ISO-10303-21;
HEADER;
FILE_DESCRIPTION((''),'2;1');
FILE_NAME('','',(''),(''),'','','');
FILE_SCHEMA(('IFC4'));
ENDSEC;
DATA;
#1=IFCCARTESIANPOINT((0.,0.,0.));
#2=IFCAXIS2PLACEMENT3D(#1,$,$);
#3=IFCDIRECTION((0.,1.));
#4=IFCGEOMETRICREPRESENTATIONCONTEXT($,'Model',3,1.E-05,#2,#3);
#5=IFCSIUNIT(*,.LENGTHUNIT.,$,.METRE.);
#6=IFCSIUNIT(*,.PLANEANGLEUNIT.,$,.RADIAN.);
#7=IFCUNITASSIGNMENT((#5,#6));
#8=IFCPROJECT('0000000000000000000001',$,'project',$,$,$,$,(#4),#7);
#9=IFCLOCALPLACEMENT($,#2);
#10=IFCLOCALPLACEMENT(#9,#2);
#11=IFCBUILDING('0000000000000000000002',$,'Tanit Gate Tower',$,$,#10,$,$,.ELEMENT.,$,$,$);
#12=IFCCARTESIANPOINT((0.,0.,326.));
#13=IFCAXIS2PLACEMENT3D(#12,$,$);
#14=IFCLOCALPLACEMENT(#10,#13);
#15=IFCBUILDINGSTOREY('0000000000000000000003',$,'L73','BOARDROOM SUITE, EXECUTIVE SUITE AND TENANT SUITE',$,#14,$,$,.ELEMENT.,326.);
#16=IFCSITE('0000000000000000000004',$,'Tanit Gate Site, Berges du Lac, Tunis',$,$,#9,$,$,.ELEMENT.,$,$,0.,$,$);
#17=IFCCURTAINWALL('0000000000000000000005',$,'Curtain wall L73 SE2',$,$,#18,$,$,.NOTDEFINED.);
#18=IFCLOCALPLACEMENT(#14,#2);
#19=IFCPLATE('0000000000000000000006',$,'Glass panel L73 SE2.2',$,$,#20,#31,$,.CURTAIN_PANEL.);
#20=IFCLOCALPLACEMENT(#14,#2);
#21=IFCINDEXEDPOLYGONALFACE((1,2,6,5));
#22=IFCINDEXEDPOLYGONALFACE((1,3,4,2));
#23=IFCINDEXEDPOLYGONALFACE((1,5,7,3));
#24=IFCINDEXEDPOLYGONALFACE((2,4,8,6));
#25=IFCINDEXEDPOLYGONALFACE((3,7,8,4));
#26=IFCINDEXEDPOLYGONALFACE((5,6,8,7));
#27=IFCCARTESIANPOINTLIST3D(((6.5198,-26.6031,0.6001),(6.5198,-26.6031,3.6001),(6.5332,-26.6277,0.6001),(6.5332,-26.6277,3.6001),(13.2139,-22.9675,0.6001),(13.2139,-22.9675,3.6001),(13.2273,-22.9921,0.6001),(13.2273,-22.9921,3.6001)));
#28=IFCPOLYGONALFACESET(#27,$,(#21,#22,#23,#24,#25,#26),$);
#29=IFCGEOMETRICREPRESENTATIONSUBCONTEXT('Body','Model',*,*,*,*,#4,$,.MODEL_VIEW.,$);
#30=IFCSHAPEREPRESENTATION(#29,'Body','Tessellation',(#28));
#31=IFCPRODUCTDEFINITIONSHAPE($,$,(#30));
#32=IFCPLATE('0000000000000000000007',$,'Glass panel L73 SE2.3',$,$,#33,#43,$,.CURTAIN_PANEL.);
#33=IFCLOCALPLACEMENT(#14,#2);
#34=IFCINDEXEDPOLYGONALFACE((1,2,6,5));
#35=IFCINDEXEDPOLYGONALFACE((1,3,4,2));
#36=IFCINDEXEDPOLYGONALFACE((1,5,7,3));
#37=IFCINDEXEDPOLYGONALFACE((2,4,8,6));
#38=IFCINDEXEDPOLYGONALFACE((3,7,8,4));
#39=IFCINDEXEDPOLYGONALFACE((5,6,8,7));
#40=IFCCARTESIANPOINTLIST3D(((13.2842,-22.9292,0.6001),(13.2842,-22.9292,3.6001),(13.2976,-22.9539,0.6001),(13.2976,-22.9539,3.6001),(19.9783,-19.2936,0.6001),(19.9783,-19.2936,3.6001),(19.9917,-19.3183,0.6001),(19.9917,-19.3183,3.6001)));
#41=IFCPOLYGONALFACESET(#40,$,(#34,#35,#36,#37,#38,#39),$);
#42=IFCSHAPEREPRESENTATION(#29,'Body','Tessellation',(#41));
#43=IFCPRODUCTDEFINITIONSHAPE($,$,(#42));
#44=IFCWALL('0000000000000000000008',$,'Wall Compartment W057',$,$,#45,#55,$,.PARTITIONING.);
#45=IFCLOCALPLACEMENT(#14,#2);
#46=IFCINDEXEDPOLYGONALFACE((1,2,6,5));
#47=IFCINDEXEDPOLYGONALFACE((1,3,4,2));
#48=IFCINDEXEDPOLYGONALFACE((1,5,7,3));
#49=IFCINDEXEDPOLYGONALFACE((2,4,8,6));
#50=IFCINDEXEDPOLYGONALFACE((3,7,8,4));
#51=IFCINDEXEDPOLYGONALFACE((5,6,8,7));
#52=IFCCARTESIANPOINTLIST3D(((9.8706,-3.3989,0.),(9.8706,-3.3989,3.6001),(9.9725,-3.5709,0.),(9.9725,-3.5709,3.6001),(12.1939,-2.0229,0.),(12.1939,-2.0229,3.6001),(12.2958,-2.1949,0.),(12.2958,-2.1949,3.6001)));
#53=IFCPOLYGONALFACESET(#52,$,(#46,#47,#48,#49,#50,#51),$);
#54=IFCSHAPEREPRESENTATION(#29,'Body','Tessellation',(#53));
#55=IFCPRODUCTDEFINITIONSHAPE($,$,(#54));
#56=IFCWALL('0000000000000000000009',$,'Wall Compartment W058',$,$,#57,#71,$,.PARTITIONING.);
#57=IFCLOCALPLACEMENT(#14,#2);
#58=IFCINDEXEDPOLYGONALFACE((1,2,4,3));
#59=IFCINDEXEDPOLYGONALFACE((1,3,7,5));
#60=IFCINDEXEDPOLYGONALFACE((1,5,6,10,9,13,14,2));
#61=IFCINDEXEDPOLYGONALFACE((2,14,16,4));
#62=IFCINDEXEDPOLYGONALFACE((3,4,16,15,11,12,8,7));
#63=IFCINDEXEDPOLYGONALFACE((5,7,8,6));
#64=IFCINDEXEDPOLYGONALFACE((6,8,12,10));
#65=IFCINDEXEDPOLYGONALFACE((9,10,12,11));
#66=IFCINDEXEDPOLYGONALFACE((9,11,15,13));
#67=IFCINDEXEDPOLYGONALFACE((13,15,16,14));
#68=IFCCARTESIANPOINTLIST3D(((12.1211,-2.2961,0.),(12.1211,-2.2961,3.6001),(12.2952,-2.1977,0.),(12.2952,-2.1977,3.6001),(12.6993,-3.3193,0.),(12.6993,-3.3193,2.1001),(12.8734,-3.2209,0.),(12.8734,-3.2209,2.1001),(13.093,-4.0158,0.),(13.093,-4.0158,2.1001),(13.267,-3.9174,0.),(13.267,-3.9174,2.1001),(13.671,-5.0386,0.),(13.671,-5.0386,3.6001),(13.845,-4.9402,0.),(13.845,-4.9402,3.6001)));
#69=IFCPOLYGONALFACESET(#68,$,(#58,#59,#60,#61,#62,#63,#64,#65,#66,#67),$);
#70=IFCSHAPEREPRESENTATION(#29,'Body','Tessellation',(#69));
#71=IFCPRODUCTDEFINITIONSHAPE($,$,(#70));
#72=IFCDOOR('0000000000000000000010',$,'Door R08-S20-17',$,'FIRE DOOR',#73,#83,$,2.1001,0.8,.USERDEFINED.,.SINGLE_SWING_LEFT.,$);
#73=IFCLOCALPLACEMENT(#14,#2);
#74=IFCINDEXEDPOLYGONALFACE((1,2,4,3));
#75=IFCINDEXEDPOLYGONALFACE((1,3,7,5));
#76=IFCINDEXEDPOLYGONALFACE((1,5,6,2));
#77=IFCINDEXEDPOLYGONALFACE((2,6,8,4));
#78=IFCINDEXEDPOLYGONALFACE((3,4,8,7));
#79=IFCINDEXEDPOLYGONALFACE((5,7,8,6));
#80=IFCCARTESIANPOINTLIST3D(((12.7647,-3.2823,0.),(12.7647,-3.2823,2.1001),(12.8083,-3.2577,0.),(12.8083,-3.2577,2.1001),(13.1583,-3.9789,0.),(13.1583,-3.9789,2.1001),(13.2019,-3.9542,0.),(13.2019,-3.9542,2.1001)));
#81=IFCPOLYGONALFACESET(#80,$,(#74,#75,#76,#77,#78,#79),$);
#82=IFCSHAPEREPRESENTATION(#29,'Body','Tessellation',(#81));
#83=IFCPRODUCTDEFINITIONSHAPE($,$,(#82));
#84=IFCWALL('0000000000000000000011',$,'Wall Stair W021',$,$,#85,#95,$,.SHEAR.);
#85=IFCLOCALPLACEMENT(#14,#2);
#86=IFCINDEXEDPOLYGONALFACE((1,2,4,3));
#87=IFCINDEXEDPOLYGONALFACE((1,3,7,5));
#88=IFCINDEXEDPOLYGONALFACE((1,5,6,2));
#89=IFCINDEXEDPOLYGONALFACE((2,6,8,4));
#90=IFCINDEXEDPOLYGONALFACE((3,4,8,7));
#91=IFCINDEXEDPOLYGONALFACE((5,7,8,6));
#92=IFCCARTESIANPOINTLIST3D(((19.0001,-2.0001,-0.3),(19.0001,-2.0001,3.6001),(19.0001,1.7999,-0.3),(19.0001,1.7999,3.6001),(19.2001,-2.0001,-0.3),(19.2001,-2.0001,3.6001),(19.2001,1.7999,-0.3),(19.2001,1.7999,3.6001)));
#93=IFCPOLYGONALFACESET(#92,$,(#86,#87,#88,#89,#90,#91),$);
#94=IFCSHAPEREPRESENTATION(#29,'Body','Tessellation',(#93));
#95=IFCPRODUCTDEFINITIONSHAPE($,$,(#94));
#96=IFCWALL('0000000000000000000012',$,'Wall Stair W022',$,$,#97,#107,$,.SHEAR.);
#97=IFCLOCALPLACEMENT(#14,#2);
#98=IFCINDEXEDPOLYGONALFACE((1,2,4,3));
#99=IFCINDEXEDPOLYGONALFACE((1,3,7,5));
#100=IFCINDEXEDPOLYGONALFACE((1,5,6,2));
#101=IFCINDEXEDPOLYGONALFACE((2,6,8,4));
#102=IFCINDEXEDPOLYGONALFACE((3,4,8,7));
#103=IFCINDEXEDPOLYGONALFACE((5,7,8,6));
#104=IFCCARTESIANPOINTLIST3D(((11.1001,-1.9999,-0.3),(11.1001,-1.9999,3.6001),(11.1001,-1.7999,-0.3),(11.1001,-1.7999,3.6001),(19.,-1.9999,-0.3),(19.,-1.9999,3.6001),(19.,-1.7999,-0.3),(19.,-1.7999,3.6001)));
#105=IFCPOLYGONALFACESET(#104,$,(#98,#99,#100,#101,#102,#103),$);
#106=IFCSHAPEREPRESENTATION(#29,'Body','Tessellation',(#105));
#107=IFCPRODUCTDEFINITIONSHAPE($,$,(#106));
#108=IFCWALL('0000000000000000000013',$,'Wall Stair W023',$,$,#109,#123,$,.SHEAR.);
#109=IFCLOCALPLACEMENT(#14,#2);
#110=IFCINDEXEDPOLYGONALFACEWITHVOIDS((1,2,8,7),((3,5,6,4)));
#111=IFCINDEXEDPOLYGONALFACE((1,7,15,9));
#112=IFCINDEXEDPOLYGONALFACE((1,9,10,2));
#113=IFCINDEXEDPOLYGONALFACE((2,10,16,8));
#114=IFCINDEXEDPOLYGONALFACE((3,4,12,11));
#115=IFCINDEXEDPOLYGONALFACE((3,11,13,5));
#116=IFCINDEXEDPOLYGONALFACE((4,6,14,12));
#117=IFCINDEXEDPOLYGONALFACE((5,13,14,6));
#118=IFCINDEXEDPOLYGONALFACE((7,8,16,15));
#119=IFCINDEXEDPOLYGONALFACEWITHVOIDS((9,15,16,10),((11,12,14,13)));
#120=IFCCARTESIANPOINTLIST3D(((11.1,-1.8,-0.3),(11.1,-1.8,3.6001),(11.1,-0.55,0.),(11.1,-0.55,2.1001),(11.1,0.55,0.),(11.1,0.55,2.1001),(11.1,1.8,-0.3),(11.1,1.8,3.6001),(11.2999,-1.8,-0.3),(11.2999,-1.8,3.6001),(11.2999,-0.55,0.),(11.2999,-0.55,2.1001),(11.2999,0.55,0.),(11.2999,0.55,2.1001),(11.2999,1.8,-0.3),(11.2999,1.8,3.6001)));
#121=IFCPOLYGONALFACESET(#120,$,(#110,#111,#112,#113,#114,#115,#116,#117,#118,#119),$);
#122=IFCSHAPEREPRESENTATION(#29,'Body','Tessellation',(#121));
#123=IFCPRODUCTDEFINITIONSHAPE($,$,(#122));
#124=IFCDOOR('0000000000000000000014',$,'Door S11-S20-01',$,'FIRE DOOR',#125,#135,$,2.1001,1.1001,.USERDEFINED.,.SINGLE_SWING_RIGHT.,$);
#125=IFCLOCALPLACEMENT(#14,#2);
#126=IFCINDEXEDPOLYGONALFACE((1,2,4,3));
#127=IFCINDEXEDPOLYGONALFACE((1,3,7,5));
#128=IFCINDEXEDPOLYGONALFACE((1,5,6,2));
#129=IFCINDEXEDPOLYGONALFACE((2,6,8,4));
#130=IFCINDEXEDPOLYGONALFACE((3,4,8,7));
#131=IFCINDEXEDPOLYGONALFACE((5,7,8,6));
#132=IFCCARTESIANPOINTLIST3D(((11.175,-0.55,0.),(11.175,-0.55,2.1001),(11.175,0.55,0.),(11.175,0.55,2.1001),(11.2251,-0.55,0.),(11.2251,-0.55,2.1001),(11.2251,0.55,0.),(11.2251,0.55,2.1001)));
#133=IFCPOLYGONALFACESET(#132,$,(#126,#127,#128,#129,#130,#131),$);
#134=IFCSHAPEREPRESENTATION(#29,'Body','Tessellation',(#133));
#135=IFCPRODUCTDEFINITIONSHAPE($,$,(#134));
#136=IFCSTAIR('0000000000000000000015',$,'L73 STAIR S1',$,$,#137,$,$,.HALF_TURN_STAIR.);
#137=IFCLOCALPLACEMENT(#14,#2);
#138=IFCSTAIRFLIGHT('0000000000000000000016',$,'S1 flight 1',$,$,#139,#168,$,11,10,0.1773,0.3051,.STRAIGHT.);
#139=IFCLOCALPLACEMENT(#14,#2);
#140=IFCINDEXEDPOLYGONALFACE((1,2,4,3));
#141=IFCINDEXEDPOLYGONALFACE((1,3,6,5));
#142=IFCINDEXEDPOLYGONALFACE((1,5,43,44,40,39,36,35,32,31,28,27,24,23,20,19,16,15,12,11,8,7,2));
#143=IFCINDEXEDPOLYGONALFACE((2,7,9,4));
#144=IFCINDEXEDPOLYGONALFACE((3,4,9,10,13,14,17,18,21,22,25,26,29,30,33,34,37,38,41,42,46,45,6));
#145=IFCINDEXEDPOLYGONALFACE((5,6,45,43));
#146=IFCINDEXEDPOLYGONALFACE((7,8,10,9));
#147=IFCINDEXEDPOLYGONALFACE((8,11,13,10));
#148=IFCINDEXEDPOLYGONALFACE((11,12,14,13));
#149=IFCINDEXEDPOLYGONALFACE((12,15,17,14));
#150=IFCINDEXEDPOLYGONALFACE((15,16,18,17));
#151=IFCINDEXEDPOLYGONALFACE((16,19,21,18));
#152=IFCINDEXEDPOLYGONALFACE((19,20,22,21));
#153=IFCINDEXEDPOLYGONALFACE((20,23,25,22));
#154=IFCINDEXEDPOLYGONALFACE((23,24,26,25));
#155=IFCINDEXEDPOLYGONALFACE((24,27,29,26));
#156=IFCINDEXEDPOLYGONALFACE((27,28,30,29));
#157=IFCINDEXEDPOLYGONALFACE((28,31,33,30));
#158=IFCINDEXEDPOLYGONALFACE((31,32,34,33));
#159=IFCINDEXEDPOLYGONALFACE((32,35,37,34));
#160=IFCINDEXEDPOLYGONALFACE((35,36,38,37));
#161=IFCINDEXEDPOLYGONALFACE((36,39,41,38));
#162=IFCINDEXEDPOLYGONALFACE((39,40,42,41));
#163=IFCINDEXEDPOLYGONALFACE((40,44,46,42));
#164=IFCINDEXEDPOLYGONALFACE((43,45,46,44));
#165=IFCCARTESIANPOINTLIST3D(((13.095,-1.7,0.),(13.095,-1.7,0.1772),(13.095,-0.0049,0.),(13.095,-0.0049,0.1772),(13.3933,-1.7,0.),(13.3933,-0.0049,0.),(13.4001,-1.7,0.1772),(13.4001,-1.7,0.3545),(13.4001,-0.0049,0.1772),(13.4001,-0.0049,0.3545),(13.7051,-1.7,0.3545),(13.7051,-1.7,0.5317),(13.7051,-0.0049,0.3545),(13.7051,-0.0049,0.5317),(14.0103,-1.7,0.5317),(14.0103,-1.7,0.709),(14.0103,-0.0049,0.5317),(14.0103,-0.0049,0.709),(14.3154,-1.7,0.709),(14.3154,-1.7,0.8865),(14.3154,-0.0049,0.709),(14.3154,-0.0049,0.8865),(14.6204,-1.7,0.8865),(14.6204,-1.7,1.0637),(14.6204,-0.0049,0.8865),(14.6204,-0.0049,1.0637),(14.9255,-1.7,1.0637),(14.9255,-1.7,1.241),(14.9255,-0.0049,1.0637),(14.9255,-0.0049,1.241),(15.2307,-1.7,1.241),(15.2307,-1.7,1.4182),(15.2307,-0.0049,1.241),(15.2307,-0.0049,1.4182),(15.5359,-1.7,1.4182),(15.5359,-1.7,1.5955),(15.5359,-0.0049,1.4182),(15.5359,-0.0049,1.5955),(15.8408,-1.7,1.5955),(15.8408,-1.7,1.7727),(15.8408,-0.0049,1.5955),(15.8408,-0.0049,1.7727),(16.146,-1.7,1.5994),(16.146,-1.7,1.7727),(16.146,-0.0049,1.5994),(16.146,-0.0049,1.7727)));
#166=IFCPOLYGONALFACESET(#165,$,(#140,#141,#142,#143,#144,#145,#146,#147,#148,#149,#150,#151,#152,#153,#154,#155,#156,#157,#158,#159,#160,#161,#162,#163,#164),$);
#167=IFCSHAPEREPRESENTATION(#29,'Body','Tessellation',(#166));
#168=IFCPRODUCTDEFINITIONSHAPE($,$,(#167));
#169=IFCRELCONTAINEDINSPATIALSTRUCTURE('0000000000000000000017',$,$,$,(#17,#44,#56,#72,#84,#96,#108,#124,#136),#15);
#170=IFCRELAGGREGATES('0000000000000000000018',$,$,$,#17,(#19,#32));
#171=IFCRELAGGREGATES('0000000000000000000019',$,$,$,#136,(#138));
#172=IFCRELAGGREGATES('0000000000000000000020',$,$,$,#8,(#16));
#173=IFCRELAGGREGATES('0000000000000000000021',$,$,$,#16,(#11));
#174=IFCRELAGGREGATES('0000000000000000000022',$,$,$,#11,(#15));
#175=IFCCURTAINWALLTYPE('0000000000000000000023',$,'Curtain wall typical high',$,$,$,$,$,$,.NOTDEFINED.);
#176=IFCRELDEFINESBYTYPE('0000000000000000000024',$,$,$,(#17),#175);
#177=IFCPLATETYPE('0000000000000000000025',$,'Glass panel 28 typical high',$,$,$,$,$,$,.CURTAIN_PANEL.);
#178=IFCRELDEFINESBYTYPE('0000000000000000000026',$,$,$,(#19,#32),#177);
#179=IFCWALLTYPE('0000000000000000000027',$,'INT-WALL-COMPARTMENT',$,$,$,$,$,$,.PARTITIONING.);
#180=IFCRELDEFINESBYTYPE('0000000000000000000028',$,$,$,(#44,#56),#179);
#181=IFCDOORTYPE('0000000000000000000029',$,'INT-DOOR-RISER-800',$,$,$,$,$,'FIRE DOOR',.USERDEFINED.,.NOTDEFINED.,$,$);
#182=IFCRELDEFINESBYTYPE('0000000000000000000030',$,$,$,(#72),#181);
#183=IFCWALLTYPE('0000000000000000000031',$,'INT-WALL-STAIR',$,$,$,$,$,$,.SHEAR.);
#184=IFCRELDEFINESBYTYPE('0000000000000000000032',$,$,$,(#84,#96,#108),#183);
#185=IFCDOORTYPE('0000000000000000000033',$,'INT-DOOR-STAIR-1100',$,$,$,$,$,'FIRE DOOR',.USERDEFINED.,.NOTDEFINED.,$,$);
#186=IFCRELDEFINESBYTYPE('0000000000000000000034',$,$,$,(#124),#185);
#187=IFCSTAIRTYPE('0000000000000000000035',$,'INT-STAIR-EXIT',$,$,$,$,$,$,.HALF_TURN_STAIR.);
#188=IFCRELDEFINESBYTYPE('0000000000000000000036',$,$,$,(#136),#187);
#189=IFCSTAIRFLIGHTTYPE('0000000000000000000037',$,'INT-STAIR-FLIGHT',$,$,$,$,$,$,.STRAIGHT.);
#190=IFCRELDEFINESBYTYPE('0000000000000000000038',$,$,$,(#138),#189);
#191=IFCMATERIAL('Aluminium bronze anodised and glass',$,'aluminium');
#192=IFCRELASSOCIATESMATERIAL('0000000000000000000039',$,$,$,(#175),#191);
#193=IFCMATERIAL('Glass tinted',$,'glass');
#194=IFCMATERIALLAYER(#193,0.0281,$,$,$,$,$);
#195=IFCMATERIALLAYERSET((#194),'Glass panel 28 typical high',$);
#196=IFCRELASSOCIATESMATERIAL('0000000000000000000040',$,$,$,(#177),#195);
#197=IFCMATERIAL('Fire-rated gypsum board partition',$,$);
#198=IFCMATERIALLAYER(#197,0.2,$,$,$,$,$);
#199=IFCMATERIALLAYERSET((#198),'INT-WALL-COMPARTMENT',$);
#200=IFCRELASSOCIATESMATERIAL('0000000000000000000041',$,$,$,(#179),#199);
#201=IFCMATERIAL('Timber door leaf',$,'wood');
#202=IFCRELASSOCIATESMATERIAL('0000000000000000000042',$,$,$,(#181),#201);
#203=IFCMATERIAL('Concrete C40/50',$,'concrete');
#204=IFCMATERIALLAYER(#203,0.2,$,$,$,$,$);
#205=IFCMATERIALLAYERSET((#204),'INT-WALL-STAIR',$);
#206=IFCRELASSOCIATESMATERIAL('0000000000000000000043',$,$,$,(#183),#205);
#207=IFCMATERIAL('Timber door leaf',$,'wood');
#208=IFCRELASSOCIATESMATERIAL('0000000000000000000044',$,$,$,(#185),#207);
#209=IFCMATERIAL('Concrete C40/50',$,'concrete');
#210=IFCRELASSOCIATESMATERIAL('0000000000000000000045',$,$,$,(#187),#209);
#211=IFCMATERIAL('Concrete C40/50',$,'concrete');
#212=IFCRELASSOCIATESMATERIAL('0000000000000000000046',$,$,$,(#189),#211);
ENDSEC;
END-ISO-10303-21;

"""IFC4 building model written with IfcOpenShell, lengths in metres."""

from ifc_helpers import new_model, si_unit, direction, frame, frame_2d, origin, origin_2d, place, context, subcontext, project, spatial, polyline, rectangle, outline, extrude, material, layer, layer_set, type_object, element, fill, aggregate, save


model = new_model("IFC4")

# Units and contexts
model_context = context("Model", 3, precision=1e-05, world=origin(), true_north=direction((0.0, 1.0)))
body_context = subcontext(model_context, "Body", "Model", "MODEL_VIEW")
ifc_project = project(units=[si_unit("LENGTHUNIT", "METRE"), si_unit("PLANEANGLEUNIT", "RADIAN")], contexts=[model_context])

# Site, building, storey
site_placement = place(None, origin())
site = spatial("IfcSite", under=ifc_project, at=site_placement, Name="Tanit Gate Site, Berges du Lac, Tunis", CompositionType="ELEMENT", RefElevation=0.0)
building_placement = place(site_placement, origin())
building = spatial("IfcBuilding", under=site, at=building_placement, Name="Tanit Gate Tower", CompositionType="ELEMENT")
storey_placement = place(building_placement, frame((0.0, 0.0, 326.0)))
storey = spatial("IfcBuildingStorey", under=building, at=storey_placement, Name="L73", Description="BOARDROOM SUITE, EXECUTIVE SUITE AND TENANT SUITE", CompositionType="ELEMENT", Elevation=326.0)

# Curtain wall
ifc_material_1 = material(Name="Aluminium bronze anodised and glass", Category="aluminium")
curtain_wall_type = type_object("IfcCurtainWallType", Name="Curtain wall typical high", PredefinedType="NOTDEFINED", material=ifc_material_1)
curtain_wall_placement = place(storey_placement, origin())
curtain_wall = element("IfcCurtainWall", 1, at=curtain_wall_placement, inside=storey, type_object=curtain_wall_type, Name="Curtain wall L73 SE2", PredefinedType="NOTDEFINED")

# Plates
ifc_material_2 = material(Name="Glass tinted", Category="glass")
ifc_layer_1 = layer(ifc_material_2, 0.0281)
ifc_layer_set_1 = layer_set([ifc_layer_1], Name="Glass panel 28 typical high")
plate_type = type_object("IfcPlateType", Name="Glass panel 28 typical high", PredefinedType="CURTAIN_PANEL", material=ifc_layer_set_1)
plate_1_placement = place(storey_placement, frame((9.8735, -24.7976, 0.6001), z_axis=(0.0, 0.0, 1.0), x_axis=(0.878762, 0.477259, 0.0)))
plate_1 = element("IfcPlate", 2, at=plate_1_placement, type_object=plate_type, Name="Glass panel L73 SE2.2", PredefinedType="CURTAIN_PANEL", context=body_context, shape_type="SweptSolid", body=[
    extrude(rectangle(XDim=7.6177, YDim=0.0281, at=origin_2d()), origin(), (0.0, 0.0, 1.0), 3.0),
])
plate_2_placement = place(storey_placement, frame((16.6379, -21.1238, 0.6001), z_axis=(0.0, 0.0, 1.0), x_axis=(0.878762, 0.477259, 0.0)))
plate_2 = element("IfcPlate", 3, at=plate_2_placement, type_object=plate_type, Name="Glass panel L73 SE2.3", PredefinedType="CURTAIN_PANEL", context=body_context, shape_type="SweptSolid", body=[
    extrude(rectangle(XDim=7.6177, YDim=0.0281, at=origin_2d()), origin(), (0.0, 0.0, 1.0), 3.0),
])
aggregate(curtain_wall, [plate_1, plate_2])

# Wall
ifc_material_3 = material(Name="Fire-rated gypsum board partition")
ifc_layer_2 = layer(ifc_material_3, 0.2)
ifc_layer_set_2 = layer_set([ifc_layer_2], Name="INT-WALL-COMPARTMENT")
wall_type_1 = type_object("IfcWallType", Name="INT-WALL-COMPARTMENT", PredefinedType="PARTITIONING", material=ifc_layer_set_2)
wall_1_placement = place(storey_placement, frame((12.2449, -2.1089, 0.0), z_axis=(0.0, 0.0, 1.0), x_axis=(-0.860415, -0.509594, 0.0)))
element("IfcWall", 4, at=wall_1_placement, inside=storey, type_object=wall_type_1, Name="Wall Compartment W057", PredefinedType="PARTITIONING", context=body_context, shape_type="SweptSolid", body=[
    extrude(rectangle(XDim=2.7002, YDim=0.2, at=frame_2d((1.3501, 0.0))), origin(), (0.0, 0.0, 1.0), 3.6001),
])

# Wall, opening, door
wall_2_placement = place(storey_placement, frame((13.7581, -4.9895, 0.0), z_axis=(0.0, 0.0, 1.0), x_axis=(-0.491993, 0.870599, 0.0)))
wall_2 = element("IfcWall", 5, at=wall_2_placement, inside=storey, type_object=wall_type_1, Name="Wall Compartment W058", PredefinedType="PARTITIONING", context=body_context, shape_type="SweptSolid", body=[
    extrude(rectangle(XDim=3.1501, YDim=0.2, at=frame_2d((1.5752, 0.0))), origin(), (0.0, 0.0, 1.0), 3.6001),
])
opening_1_placement = place(wall_2_placement, frame((1.175, 0.0, 0.0)))
opening_1 = element("IfcOpeningElement", 6, at=opening_1_placement, cuts=wall_2, PredefinedType="OPENING", context=body_context, shape_type="SweptSolid", body=[
    extrude(rectangle(XDim=0.8, YDim=2.1001, at=frame_2d((0.3999, 1.05))), frame((0.0, 0.1099, 0.0), z_axis=(0.0, -1.0, 0.0), x_axis=(1.0, 0.0, 0.0)), (0.0, 0.0, 1.0), 0.22),
])
ifc_material_4 = material(Name="Timber door leaf", Category="wood")
door_type_1 = type_object("IfcDoorType", Name="INT-DOOR-RISER-800", ElementType="FIRE DOOR", OperationType="NOTDEFINED", PredefinedType="USERDEFINED", material=ifc_material_4)
door_1_placement = place(opening_1_placement, origin())
door_1 = element("IfcDoor", 7, at=door_1_placement, inside=storey, type_object=door_type_1, Name="Door R08-S20-17", ObjectType="FIRE DOOR", OperationType="SINGLE_SWING_LEFT", OverallHeight=2.1001, OverallWidth=0.8, PredefinedType="USERDEFINED", context=body_context, shape_type="SweptSolid", body=[
    extrude(rectangle(XDim=0.8, YDim=2.1001, at=frame_2d((0.3999, 1.05))), frame((0.0, 0.0249, 0.0), z_axis=(0.0, -1.0, 0.0), x_axis=(1.0, 0.0, 0.0)), (0.0, 0.0, 1.0), 0.05),
])
fill(opening_1, door_1)

# Walls
ifc_material_5 = material(Name="Concrete C40/50", Category="concrete")
ifc_layer_3 = layer(ifc_material_5, 0.2)
ifc_layer_set_3 = layer_set([ifc_layer_3], Name="INT-WALL-STAIR")
wall_type_2 = type_object("IfcWallType", Name="INT-WALL-STAIR", PredefinedType="SHEAR", material=ifc_layer_set_3)
wall_3_placement = place(storey_placement, frame((19.1001, -2.0, -0.3), z_axis=(0.0, 0.0, 1.0), x_axis=(0.0, 1.0, 0.0)))
element("IfcWall", 8, at=wall_3_placement, inside=storey, type_object=wall_type_2, Name="Wall Stair W021", PredefinedType="SHEAR", context=body_context, shape_type="SweptSolid", body=[
    extrude(rectangle(XDim=3.8, YDim=0.2, at=frame_2d((1.8999, 0.0))), origin(), (0.0, 0.0, 1.0), 3.9001),
])
wall_4_placement = place(storey_placement, frame((11.1001, -1.8999, -0.3), z_axis=(0.0, 0.0, 1.0), x_axis=(1.0, 0.0, 0.0)))
element("IfcWall", 9, at=wall_4_placement, inside=storey, type_object=wall_type_2, Name="Wall Stair W022", PredefinedType="SHEAR", context=body_context, shape_type="SweptSolid", body=[
    extrude(rectangle(XDim=7.8999, YDim=0.2, at=frame_2d((3.95, 0.0))), origin(), (0.0, 0.0, 1.0), 3.9001),
])

# Wall, opening, door
wall_5_placement = place(storey_placement, frame((11.2, -1.8, -0.3), z_axis=(0.0, 0.0, 1.0), x_axis=(0.0, 1.0, 0.0)))
wall_5 = element("IfcWall", 10, at=wall_5_placement, inside=storey, type_object=wall_type_2, Name="Wall Stair W023", PredefinedType="SHEAR", context=body_context, shape_type="SweptSolid", body=[
    extrude(rectangle(XDim=3.6001, YDim=0.2, at=frame_2d((1.8, 0.0))), origin(), (0.0, 0.0, 1.0), 3.9001),
])
opening_2_placement = place(wall_5_placement, frame((1.25, 0.0, 0.3)))
opening_2 = element("IfcOpeningElement", 11, at=opening_2_placement, cuts=wall_5, PredefinedType="OPENING", context=body_context, shape_type="SweptSolid", body=[
    extrude(rectangle(XDim=1.1001, YDim=2.1001, at=frame_2d((0.55, 1.05))), frame((0.0, 0.1099, 0.0), z_axis=(0.0, -1.0, 0.0), x_axis=(1.0, 0.0, 0.0)), (0.0, 0.0, 1.0), 0.22),
])
ifc_material_6 = material(Name="Timber door leaf", Category="wood")
door_type_2 = type_object("IfcDoorType", Name="INT-DOOR-STAIR-1100", ElementType="FIRE DOOR", OperationType="NOTDEFINED", PredefinedType="USERDEFINED", material=ifc_material_6)
door_2_placement = place(opening_2_placement, origin())
door_2 = element("IfcDoor", 12, at=door_2_placement, inside=storey, type_object=door_type_2, Name="Door S11-S20-01", ObjectType="FIRE DOOR", OperationType="SINGLE_SWING_RIGHT", OverallHeight=2.1001, OverallWidth=1.1001, PredefinedType="USERDEFINED", context=body_context, shape_type="SweptSolid", body=[
    extrude(rectangle(XDim=1.1001, YDim=2.1001, at=frame_2d((0.55, 1.05))), frame((0.0, 0.0249, 0.0), z_axis=(0.0, -1.0, 0.0), x_axis=(1.0, 0.0, 0.0)), (0.0, 0.0, 1.0), 0.05),
])
fill(opening_2, door_2)

# Stair, stair flight
ifc_material_7 = material(Name="Concrete C40/50", Category="concrete")
stair_type = type_object("IfcStairType", Name="INT-STAIR-EXIT", PredefinedType="HALF_TURN_STAIR", material=ifc_material_7)
stair_placement = place(storey_placement, origin())
stair = element("IfcStair", 13, at=stair_placement, inside=storey, type_object=stair_type, Name="L73 STAIR S1", PredefinedType="HALF_TURN_STAIR")
ifc_material_8 = material(Name="Concrete C40/50", Category="concrete")
stair_flight_type = type_object("IfcStairFlightType", Name="INT-STAIR-FLIGHT", PredefinedType="STRAIGHT", material=ifc_material_8)
stair_flight_placement = place(storey_placement, frame((13.095, -0.8525, 0.0), z_axis=(0.0, 0.0, 1.0), x_axis=(1.0, 0.0, 0.0)))
stair_flight = element("IfcStairFlight", 14, at=stair_flight_placement, type_object=stair_flight_type, Name="S1 flight 1", NumberOfRisers=11, NumberOfTreads=10, PredefinedType="STRAIGHT", RiserHeight=0.1773, TreadLength=0.3051, context=body_context, shape_type="SweptSolid", body=[
    extrude(outline(polyline([(0.0, 0.0), (0.0, 0.1772), (0.3052, 0.1772), (0.3052, 0.3545), (0.6101, 0.3545), (0.6101, 0.5317), (0.9153, 0.5317), (0.9153, 0.709), (1.2205, 0.709), (1.2205, 0.8865), (1.5254, 0.8865), (1.5254, 1.0637), (1.8306, 1.0637), (1.8306, 1.241), (2.1357, 1.241), (2.1357, 1.4182), (2.4409, 1.4182), (2.4409, 1.5955), (2.7458, 1.5955), (2.7458, 1.7727), (3.051, 1.7727), (3.051, 1.95), (3.051, 1.5994), (0.2983, 0.0), (0.0, 0.0)])), frame((0.0, 0.8477, 0.0), z_axis=(0.0, -1.0, 0.0), x_axis=(1.0, 0.0, 0.0)), (0.0, 0.0, 1.0), 1.6951),
])
aggregate(stair, [stair_flight])

save(model, "model.ifc")
